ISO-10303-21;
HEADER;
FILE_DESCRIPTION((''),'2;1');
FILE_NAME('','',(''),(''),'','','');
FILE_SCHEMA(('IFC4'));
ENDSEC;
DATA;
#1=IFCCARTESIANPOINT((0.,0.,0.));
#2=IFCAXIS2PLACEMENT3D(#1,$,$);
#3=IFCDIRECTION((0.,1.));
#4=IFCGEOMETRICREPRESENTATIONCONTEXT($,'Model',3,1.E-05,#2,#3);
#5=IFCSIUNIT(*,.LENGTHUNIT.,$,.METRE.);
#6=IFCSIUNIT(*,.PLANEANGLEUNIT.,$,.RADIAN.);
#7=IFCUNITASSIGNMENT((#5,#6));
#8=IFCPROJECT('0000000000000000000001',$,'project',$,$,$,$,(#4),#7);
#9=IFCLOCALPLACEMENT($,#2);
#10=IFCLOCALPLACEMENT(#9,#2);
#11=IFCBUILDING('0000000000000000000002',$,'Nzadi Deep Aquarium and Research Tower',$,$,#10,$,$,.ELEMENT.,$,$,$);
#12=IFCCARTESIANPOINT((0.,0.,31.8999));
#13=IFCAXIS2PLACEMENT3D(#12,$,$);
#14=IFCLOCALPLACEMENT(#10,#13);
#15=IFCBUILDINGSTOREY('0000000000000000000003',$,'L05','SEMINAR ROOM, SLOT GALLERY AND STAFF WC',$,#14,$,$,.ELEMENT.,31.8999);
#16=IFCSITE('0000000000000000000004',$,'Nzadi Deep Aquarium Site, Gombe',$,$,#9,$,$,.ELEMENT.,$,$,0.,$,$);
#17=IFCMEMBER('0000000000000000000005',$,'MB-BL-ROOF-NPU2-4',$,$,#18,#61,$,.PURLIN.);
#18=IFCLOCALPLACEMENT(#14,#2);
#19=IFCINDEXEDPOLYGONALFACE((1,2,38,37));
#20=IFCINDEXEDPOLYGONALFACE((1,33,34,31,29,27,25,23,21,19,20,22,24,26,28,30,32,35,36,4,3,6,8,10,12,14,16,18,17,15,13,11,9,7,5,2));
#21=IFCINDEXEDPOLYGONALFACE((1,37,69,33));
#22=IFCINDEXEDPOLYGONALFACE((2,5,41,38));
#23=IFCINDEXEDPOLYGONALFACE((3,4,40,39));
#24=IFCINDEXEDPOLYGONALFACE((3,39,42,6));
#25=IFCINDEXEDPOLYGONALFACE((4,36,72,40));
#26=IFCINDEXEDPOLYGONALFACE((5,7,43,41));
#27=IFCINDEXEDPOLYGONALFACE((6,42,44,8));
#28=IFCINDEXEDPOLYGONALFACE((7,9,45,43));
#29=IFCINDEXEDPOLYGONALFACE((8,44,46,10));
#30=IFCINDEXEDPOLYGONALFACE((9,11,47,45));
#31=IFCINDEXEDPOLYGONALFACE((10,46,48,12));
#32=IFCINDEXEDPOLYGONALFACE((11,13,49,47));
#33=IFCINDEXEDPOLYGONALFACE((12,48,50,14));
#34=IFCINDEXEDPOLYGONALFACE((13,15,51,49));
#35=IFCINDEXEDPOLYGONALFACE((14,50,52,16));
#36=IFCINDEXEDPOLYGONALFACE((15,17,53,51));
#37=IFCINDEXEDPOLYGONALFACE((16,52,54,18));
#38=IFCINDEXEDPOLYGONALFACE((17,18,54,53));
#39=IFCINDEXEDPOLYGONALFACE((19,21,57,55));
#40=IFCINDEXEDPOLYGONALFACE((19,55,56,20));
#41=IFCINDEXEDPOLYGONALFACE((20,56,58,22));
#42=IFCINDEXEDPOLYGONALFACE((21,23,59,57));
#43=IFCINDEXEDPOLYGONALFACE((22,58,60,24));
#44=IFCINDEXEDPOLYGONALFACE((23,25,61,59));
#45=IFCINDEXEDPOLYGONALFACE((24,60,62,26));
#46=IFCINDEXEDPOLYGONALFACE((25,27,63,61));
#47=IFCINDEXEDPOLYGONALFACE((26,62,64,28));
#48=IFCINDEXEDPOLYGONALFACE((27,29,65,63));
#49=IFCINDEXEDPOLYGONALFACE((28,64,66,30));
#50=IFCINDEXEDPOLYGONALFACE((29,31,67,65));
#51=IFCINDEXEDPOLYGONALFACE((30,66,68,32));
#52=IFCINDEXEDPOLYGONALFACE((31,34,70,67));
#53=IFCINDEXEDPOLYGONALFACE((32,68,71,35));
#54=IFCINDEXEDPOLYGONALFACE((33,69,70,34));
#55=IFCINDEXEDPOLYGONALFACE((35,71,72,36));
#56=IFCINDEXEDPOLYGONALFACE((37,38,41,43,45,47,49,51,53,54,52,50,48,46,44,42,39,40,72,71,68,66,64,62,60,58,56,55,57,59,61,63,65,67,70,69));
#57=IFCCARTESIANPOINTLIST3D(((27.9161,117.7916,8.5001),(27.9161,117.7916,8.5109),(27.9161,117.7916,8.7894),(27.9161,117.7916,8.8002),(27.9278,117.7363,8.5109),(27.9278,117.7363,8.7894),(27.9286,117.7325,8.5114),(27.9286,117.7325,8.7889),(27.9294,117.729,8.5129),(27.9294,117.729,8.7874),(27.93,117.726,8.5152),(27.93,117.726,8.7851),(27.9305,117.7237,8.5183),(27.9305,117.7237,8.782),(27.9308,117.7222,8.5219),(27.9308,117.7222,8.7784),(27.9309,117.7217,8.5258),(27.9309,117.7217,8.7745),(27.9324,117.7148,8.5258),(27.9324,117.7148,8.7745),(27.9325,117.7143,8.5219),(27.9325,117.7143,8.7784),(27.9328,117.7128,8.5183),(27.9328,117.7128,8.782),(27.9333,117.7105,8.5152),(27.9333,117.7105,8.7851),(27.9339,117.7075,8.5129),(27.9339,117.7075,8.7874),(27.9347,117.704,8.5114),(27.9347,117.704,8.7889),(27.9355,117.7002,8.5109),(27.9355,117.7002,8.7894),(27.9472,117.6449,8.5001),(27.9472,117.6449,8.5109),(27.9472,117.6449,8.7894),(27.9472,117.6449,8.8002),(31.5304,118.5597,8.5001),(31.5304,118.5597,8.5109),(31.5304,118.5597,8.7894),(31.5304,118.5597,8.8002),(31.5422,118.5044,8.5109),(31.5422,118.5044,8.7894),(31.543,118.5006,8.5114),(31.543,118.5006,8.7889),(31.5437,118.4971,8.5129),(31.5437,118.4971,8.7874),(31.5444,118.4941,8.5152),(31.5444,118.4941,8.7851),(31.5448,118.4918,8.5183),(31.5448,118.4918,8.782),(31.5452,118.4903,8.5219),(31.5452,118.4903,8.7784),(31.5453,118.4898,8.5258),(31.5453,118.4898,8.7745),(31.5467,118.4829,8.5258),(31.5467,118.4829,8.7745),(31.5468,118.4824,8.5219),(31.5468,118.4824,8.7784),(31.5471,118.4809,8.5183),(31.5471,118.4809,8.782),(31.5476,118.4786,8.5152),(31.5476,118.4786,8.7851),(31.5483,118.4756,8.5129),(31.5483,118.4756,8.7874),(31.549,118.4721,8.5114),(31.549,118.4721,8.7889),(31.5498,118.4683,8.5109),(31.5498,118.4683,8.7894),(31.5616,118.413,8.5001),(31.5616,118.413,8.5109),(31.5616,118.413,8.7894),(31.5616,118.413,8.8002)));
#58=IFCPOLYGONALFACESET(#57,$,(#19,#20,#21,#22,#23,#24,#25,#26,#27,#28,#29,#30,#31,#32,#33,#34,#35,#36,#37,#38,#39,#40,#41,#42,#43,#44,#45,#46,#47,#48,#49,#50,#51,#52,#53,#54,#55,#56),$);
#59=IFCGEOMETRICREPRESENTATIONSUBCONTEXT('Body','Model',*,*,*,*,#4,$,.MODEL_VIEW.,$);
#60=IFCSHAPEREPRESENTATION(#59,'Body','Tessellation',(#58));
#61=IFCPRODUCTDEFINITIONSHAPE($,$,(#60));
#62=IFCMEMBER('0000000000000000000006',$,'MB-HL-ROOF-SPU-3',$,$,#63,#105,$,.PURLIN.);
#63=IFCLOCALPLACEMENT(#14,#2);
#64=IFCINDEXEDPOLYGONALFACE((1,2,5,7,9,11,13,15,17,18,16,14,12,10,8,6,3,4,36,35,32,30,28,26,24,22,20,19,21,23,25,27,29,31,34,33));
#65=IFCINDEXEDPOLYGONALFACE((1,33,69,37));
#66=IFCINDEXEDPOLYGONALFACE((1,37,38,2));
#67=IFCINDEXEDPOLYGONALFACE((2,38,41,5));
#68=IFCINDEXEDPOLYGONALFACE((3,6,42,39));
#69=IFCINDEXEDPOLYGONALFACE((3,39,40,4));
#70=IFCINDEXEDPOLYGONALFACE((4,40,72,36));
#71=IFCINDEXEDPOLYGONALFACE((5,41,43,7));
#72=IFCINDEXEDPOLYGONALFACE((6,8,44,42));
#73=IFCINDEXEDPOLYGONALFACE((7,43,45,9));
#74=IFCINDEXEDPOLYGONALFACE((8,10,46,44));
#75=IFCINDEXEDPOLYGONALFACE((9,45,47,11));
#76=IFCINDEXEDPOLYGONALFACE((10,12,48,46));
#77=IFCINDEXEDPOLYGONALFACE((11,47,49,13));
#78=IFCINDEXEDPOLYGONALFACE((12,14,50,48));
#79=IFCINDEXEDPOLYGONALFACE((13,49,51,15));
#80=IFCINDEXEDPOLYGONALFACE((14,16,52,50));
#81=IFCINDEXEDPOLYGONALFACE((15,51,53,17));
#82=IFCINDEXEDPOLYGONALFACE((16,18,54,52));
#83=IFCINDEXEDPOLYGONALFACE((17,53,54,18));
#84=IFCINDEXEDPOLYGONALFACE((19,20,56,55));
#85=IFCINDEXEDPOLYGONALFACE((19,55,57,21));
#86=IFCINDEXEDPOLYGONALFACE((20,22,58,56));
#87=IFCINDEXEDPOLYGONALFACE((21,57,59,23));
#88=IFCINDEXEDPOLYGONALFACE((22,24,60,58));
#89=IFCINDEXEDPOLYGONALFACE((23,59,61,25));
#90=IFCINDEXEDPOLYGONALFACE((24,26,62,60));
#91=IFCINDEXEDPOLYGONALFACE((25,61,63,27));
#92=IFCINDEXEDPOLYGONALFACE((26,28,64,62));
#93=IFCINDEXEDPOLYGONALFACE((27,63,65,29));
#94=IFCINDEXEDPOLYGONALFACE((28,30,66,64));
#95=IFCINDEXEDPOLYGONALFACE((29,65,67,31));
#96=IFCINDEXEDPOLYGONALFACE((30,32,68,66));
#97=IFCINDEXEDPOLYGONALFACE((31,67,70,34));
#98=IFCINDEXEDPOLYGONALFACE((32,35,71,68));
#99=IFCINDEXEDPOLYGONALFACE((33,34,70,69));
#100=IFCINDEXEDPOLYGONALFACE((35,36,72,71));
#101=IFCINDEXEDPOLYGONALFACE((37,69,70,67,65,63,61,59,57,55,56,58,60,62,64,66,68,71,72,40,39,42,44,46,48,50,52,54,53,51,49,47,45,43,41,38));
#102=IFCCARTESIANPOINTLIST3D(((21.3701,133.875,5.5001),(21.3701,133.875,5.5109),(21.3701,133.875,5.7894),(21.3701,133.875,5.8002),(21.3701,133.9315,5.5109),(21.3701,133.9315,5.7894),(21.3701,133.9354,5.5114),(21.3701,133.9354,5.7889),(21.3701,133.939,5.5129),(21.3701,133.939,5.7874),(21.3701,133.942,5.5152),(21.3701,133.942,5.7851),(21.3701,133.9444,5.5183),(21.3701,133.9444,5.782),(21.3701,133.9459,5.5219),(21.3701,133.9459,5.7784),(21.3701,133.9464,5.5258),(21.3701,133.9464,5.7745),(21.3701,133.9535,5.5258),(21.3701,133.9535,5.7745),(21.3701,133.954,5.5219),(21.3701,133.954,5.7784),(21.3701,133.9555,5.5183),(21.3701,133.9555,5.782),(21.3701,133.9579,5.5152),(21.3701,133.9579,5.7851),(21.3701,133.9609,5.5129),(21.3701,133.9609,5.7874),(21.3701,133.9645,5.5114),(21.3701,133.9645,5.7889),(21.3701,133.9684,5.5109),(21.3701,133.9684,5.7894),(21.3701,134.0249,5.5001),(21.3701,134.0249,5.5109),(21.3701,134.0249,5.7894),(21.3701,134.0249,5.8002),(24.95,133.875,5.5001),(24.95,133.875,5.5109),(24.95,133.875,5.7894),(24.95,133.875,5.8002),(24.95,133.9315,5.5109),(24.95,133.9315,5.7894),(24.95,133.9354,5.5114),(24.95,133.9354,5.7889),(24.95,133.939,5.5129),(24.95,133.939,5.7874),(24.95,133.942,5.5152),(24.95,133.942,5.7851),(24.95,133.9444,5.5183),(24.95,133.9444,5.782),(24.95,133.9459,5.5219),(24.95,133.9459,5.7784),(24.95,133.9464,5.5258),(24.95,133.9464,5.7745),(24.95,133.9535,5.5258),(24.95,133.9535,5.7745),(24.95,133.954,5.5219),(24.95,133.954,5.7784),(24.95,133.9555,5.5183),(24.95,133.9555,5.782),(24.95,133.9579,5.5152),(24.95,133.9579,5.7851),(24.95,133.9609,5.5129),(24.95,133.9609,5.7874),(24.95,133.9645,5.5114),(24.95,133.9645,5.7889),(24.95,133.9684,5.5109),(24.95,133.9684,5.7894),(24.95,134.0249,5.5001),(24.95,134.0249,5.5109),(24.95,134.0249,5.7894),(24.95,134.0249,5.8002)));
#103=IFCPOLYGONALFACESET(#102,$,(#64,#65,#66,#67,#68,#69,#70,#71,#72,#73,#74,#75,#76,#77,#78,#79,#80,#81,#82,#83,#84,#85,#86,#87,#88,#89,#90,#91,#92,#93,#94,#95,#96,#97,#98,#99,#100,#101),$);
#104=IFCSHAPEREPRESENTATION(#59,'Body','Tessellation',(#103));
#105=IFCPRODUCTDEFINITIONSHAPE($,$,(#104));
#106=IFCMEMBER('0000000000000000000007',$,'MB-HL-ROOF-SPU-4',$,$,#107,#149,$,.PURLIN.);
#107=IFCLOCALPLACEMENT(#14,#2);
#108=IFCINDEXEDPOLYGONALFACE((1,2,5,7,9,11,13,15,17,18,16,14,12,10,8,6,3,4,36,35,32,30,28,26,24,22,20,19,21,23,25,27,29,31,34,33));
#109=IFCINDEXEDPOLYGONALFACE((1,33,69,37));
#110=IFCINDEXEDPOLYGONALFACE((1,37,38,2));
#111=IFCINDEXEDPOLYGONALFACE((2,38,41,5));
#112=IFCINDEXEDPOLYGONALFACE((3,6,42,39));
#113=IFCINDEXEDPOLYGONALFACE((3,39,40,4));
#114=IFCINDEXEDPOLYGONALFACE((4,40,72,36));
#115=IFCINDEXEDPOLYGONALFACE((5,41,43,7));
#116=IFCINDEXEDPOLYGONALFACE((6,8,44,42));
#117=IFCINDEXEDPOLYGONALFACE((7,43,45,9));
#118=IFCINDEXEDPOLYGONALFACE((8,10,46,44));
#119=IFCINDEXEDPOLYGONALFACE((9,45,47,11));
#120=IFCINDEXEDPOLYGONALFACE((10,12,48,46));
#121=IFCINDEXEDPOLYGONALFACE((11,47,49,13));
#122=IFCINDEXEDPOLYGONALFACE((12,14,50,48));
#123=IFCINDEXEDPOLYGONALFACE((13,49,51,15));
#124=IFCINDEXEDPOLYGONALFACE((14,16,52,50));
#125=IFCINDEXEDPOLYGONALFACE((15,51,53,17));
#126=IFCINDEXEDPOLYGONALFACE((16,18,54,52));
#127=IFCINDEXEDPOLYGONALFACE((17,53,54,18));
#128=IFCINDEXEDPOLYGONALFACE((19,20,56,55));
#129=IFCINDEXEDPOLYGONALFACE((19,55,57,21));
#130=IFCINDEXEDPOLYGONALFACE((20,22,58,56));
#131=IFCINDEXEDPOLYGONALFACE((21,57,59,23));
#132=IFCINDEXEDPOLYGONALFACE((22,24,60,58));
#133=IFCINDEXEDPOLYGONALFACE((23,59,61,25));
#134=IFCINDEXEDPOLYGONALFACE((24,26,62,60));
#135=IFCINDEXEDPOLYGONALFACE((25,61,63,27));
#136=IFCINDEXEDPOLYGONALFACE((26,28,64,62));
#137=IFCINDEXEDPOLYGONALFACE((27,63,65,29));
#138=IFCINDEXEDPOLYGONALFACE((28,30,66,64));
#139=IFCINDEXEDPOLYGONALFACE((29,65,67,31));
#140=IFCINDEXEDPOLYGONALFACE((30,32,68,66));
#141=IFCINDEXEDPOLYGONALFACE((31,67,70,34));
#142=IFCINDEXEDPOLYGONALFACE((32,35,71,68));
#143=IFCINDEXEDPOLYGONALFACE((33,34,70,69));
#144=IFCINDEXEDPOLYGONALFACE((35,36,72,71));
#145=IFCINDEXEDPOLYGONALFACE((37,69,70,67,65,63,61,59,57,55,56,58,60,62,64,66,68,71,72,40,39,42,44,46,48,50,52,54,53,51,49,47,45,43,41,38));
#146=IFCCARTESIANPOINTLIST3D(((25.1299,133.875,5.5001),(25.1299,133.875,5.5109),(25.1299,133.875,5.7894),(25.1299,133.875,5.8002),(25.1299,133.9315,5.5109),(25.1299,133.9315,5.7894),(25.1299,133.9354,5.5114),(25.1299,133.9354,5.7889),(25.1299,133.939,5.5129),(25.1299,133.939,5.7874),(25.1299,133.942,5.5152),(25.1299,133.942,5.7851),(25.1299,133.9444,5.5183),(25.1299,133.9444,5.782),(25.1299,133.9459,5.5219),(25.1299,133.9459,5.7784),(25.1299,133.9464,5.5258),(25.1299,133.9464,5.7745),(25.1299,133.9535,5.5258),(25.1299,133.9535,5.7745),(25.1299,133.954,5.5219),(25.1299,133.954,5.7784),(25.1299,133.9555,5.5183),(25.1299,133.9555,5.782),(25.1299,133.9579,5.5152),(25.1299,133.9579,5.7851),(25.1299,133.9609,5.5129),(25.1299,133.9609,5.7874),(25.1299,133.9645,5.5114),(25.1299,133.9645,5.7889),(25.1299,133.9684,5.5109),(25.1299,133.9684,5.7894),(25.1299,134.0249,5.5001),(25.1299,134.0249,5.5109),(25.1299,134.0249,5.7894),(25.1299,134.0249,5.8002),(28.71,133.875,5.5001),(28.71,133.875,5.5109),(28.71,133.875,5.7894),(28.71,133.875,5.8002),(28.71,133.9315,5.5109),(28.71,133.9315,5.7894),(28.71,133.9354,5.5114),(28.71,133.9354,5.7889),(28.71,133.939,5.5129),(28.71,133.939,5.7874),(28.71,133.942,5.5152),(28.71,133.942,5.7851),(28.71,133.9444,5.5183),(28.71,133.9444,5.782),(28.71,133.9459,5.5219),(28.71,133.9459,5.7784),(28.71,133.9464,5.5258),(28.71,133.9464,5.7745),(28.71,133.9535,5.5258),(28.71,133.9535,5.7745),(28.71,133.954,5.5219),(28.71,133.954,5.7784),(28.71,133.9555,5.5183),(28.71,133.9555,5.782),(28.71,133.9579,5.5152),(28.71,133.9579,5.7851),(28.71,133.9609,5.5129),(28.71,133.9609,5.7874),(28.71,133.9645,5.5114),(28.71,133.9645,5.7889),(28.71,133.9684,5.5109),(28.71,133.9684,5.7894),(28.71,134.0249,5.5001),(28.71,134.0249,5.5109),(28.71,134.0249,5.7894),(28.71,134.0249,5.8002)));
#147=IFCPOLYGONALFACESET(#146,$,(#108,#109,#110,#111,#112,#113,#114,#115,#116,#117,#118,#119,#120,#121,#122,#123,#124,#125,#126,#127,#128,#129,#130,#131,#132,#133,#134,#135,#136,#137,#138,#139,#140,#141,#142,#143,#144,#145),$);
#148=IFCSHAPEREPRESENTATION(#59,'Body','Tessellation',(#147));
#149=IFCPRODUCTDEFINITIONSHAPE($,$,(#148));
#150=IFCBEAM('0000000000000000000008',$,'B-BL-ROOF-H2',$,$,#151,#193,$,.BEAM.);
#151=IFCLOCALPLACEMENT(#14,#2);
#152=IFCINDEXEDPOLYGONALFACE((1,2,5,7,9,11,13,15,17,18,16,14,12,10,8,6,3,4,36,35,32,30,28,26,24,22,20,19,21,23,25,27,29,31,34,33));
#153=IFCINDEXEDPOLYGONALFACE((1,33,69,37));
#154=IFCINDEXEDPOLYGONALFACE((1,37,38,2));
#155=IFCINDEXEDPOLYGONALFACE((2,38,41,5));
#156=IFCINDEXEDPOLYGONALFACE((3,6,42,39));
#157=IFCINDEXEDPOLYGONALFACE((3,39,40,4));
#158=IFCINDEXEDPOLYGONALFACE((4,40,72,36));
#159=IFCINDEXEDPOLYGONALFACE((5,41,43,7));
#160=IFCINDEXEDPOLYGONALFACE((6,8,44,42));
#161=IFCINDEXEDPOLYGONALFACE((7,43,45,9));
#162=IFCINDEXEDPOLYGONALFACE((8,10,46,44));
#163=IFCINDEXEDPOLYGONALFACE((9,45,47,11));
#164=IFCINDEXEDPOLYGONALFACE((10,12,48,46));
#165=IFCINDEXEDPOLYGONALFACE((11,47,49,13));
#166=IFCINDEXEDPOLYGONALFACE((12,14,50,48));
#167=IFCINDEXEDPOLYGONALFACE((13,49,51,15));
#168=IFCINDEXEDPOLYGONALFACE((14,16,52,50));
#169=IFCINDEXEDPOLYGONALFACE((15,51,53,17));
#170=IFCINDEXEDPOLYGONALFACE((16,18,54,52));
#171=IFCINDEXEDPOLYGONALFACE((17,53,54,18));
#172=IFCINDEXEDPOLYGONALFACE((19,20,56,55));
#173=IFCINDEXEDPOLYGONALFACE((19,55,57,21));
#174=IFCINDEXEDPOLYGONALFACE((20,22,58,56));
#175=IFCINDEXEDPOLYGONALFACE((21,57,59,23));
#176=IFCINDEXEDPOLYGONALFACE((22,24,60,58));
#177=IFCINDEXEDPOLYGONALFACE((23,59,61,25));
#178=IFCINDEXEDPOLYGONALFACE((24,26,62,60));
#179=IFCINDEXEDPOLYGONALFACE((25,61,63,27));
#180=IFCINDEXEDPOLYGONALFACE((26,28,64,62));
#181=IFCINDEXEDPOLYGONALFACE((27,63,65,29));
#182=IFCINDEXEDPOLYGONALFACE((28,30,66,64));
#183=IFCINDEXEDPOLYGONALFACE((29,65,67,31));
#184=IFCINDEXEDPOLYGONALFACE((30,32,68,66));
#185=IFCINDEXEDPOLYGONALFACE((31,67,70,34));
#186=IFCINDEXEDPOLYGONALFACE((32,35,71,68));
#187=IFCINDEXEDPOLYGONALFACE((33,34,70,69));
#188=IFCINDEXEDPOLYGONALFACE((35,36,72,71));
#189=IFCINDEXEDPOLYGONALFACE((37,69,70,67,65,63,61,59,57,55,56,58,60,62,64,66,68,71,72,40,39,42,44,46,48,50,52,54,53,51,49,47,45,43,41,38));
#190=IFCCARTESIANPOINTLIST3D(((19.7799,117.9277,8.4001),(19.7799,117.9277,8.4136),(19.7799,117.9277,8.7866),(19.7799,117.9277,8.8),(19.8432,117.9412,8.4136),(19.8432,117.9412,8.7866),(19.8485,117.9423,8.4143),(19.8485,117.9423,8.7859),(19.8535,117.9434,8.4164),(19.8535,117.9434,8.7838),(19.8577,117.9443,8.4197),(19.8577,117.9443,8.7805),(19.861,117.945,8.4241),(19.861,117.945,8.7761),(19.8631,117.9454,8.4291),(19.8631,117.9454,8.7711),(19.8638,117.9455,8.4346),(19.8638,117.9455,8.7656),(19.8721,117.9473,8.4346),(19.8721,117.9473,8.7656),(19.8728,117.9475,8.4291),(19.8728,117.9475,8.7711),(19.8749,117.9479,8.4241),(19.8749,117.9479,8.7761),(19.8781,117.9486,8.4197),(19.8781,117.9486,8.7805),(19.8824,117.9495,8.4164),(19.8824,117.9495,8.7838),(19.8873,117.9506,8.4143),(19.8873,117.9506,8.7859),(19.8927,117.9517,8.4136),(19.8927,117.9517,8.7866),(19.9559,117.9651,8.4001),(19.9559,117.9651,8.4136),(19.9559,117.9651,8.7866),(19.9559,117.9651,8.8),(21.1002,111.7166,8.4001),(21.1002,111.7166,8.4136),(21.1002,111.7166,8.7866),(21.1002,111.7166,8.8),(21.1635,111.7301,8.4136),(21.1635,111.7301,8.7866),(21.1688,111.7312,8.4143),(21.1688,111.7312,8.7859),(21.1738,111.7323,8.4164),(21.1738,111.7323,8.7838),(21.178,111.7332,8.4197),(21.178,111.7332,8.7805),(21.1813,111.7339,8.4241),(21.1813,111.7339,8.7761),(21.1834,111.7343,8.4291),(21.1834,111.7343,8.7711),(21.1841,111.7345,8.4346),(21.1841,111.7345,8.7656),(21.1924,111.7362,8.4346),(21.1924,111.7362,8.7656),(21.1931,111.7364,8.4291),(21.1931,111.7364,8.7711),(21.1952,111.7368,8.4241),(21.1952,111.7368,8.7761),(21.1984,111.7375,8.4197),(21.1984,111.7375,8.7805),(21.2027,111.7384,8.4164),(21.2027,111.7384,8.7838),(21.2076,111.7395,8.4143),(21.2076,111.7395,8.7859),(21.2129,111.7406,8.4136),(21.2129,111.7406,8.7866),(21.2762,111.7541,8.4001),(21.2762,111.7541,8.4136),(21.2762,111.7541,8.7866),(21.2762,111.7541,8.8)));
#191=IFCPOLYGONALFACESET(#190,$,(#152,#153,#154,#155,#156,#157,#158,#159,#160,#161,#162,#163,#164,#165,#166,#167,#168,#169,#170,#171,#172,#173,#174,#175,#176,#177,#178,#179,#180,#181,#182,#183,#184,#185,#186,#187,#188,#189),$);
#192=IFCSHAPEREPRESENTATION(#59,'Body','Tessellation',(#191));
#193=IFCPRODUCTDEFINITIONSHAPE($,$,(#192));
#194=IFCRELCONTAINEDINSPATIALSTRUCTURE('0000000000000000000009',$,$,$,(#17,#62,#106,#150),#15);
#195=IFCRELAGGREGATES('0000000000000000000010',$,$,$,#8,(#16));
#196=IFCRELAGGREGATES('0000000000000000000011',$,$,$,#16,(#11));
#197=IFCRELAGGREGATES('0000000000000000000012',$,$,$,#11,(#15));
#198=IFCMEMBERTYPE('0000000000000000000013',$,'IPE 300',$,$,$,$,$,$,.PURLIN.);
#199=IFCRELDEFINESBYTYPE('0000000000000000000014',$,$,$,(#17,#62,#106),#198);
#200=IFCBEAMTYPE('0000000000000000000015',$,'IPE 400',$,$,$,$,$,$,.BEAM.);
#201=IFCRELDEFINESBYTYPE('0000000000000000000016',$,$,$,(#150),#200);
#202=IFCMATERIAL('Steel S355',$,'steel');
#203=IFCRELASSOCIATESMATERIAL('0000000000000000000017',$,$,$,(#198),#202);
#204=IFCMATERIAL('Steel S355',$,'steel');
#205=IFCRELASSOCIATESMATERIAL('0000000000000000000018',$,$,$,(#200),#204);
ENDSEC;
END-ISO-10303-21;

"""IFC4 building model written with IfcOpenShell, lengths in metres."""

from ifc_helpers import new_model, si_unit, direction, frame, origin, origin_2d, place, context, subcontext, project, spatial, i_section, extrude, material, material_profile, profile_set, type_object, element, save


model = new_model("IFC4")

# Units and contexts
model_context = context("Model", 3, precision=1e-05, world=origin(), true_north=direction((0.0, 1.0)))
body_context = subcontext(model_context, "Body", "Model", "MODEL_VIEW")
ifc_project = project(units=[si_unit("LENGTHUNIT", "METRE"), si_unit("PLANEANGLEUNIT", "RADIAN")], contexts=[model_context])

# Site, building, storey
site_placement = place(None, origin())
site = spatial("IfcSite", under=ifc_project, at=site_placement, Name="Nzadi Deep Aquarium Site, Gombe", CompositionType="ELEMENT", RefElevation=0.0)
building_placement = place(site_placement, origin())
building = spatial("IfcBuilding", under=site, at=building_placement, Name="Nzadi Deep Aquarium and Research Tower", CompositionType="ELEMENT")
storey_placement = place(building_placement, frame((0.0, 0.0, 31.8999)))
storey = spatial("IfcBuildingStorey", under=building, at=storey_placement, Name="L05", Description="SEMINAR ROOM, SLOT GALLERY AND STAFF WC", CompositionType="ELEMENT", Elevation=31.8999)

# Members
ifc_material_1 = material(Name="Steel S355", Category="steel")
ifc_material_profile_1 = material_profile(ifc_material_1, i_section(OverallWidth=0.1499, OverallDepth=0.3, WebThickness=0.0071, FlangeThickness=0.0107, FilletRadius=0.0149, at=origin_2d()))
ifc_profile_set_1 = profile_set([ifc_material_profile_1], Name="Steel S355")
member_type_1 = type_object("IfcMemberType", Name="IPE 300", PredefinedType="PURLIN", material=ifc_profile_set_1)
for number, where, z_axis, x_axis, name in (
    (1, (27.9316, 117.7183, 8.6501), (0.978157, 0.207868, 0.0), (-0.207868, 0.978157, 0.0), "MB-BL-ROOF-NPU2-4"),
):
    element("IfcMember", number, at=place(storey_placement, frame(where, z_axis=z_axis, x_axis=x_axis)), inside=storey, type_object=member_type_1, Name=name, PredefinedType="PURLIN", context=body_context, shape_type="SweptSolid", body=[
        extrude(i_section(OverallWidth=0.1499, OverallDepth=0.3, WebThickness=0.0071, FlangeThickness=0.0107, FilletRadius=0.0149, at=origin_2d()), origin(), (0.0, 0.0, 1.0), 3.6951),
    ])
member_1_placement = place(storey_placement, frame((21.3701, 133.95, 5.6501), z_axis=(1.0, 0.0, 0.0), x_axis=(0.0, 1.0, 0.0)))
element("IfcMember", 2, at=member_1_placement, inside=storey, type_object=member_type_1, Name="MB-HL-ROOF-SPU-3", PredefinedType="PURLIN", context=body_context, shape_type="SweptSolid", body=[
    extrude(i_section(OverallWidth=0.1499, OverallDepth=0.3, WebThickness=0.0071, FlangeThickness=0.0107, FilletRadius=0.0149, at=origin_2d()), origin(), (0.0, 0.0, 1.0), 3.5798),
])
member_2_placement = place(storey_placement, frame((25.1299, 133.95, 5.6501), z_axis=(1.0, 0.0, 0.0), x_axis=(0.0, 1.0, 0.0)))
element("IfcMember", 3, at=member_2_placement, inside=storey, type_object=member_type_1, Name="MB-HL-ROOF-SPU-4", PredefinedType="PURLIN", context=body_context, shape_type="SweptSolid", body=[
    extrude(i_section(OverallWidth=0.1499, OverallDepth=0.3, WebThickness=0.0071, FlangeThickness=0.0107, FilletRadius=0.0149, at=origin_2d()), origin(), (0.0, 0.0, 1.0), 3.5801),
])

# Beam
ifc_material_2 = material(Name="Steel S355", Category="steel")
ifc_material_profile_2 = material_profile(ifc_material_2, i_section(OverallWidth=0.1799, OverallDepth=0.3999, WebThickness=0.0085, FlangeThickness=0.0134, FilletRadius=0.021, at=origin_2d()))
ifc_profile_set_2 = profile_set([ifc_material_profile_2], Name="Steel S355")
beam_type = type_object("IfcBeamType", Name="IPE 400", PredefinedType="BEAM", material=ifc_profile_set_2)
for number, where, z_axis, x_axis, name in (
    (4, (21.1882, 111.7354, 8.6001), (-0.207925, 0.978145, 0.0), (-0.978145, -0.207925, 0.0), "B-BL-ROOF-H2"),
):
    element("IfcBeam", number, at=place(storey_placement, frame(where, z_axis=z_axis, x_axis=x_axis)), inside=storey, type_object=beam_type, Name=name, PredefinedType="BEAM", context=body_context, shape_type="SweptSolid", body=[
        extrude(i_section(OverallWidth=0.1799, OverallDepth=0.3999, WebThickness=0.0085, FlangeThickness=0.0134, FilletRadius=0.021, at=origin_2d()), origin(), (0.0, 0.0, 1.0), 6.3499),
    ])

save(model, "model.ifc")
